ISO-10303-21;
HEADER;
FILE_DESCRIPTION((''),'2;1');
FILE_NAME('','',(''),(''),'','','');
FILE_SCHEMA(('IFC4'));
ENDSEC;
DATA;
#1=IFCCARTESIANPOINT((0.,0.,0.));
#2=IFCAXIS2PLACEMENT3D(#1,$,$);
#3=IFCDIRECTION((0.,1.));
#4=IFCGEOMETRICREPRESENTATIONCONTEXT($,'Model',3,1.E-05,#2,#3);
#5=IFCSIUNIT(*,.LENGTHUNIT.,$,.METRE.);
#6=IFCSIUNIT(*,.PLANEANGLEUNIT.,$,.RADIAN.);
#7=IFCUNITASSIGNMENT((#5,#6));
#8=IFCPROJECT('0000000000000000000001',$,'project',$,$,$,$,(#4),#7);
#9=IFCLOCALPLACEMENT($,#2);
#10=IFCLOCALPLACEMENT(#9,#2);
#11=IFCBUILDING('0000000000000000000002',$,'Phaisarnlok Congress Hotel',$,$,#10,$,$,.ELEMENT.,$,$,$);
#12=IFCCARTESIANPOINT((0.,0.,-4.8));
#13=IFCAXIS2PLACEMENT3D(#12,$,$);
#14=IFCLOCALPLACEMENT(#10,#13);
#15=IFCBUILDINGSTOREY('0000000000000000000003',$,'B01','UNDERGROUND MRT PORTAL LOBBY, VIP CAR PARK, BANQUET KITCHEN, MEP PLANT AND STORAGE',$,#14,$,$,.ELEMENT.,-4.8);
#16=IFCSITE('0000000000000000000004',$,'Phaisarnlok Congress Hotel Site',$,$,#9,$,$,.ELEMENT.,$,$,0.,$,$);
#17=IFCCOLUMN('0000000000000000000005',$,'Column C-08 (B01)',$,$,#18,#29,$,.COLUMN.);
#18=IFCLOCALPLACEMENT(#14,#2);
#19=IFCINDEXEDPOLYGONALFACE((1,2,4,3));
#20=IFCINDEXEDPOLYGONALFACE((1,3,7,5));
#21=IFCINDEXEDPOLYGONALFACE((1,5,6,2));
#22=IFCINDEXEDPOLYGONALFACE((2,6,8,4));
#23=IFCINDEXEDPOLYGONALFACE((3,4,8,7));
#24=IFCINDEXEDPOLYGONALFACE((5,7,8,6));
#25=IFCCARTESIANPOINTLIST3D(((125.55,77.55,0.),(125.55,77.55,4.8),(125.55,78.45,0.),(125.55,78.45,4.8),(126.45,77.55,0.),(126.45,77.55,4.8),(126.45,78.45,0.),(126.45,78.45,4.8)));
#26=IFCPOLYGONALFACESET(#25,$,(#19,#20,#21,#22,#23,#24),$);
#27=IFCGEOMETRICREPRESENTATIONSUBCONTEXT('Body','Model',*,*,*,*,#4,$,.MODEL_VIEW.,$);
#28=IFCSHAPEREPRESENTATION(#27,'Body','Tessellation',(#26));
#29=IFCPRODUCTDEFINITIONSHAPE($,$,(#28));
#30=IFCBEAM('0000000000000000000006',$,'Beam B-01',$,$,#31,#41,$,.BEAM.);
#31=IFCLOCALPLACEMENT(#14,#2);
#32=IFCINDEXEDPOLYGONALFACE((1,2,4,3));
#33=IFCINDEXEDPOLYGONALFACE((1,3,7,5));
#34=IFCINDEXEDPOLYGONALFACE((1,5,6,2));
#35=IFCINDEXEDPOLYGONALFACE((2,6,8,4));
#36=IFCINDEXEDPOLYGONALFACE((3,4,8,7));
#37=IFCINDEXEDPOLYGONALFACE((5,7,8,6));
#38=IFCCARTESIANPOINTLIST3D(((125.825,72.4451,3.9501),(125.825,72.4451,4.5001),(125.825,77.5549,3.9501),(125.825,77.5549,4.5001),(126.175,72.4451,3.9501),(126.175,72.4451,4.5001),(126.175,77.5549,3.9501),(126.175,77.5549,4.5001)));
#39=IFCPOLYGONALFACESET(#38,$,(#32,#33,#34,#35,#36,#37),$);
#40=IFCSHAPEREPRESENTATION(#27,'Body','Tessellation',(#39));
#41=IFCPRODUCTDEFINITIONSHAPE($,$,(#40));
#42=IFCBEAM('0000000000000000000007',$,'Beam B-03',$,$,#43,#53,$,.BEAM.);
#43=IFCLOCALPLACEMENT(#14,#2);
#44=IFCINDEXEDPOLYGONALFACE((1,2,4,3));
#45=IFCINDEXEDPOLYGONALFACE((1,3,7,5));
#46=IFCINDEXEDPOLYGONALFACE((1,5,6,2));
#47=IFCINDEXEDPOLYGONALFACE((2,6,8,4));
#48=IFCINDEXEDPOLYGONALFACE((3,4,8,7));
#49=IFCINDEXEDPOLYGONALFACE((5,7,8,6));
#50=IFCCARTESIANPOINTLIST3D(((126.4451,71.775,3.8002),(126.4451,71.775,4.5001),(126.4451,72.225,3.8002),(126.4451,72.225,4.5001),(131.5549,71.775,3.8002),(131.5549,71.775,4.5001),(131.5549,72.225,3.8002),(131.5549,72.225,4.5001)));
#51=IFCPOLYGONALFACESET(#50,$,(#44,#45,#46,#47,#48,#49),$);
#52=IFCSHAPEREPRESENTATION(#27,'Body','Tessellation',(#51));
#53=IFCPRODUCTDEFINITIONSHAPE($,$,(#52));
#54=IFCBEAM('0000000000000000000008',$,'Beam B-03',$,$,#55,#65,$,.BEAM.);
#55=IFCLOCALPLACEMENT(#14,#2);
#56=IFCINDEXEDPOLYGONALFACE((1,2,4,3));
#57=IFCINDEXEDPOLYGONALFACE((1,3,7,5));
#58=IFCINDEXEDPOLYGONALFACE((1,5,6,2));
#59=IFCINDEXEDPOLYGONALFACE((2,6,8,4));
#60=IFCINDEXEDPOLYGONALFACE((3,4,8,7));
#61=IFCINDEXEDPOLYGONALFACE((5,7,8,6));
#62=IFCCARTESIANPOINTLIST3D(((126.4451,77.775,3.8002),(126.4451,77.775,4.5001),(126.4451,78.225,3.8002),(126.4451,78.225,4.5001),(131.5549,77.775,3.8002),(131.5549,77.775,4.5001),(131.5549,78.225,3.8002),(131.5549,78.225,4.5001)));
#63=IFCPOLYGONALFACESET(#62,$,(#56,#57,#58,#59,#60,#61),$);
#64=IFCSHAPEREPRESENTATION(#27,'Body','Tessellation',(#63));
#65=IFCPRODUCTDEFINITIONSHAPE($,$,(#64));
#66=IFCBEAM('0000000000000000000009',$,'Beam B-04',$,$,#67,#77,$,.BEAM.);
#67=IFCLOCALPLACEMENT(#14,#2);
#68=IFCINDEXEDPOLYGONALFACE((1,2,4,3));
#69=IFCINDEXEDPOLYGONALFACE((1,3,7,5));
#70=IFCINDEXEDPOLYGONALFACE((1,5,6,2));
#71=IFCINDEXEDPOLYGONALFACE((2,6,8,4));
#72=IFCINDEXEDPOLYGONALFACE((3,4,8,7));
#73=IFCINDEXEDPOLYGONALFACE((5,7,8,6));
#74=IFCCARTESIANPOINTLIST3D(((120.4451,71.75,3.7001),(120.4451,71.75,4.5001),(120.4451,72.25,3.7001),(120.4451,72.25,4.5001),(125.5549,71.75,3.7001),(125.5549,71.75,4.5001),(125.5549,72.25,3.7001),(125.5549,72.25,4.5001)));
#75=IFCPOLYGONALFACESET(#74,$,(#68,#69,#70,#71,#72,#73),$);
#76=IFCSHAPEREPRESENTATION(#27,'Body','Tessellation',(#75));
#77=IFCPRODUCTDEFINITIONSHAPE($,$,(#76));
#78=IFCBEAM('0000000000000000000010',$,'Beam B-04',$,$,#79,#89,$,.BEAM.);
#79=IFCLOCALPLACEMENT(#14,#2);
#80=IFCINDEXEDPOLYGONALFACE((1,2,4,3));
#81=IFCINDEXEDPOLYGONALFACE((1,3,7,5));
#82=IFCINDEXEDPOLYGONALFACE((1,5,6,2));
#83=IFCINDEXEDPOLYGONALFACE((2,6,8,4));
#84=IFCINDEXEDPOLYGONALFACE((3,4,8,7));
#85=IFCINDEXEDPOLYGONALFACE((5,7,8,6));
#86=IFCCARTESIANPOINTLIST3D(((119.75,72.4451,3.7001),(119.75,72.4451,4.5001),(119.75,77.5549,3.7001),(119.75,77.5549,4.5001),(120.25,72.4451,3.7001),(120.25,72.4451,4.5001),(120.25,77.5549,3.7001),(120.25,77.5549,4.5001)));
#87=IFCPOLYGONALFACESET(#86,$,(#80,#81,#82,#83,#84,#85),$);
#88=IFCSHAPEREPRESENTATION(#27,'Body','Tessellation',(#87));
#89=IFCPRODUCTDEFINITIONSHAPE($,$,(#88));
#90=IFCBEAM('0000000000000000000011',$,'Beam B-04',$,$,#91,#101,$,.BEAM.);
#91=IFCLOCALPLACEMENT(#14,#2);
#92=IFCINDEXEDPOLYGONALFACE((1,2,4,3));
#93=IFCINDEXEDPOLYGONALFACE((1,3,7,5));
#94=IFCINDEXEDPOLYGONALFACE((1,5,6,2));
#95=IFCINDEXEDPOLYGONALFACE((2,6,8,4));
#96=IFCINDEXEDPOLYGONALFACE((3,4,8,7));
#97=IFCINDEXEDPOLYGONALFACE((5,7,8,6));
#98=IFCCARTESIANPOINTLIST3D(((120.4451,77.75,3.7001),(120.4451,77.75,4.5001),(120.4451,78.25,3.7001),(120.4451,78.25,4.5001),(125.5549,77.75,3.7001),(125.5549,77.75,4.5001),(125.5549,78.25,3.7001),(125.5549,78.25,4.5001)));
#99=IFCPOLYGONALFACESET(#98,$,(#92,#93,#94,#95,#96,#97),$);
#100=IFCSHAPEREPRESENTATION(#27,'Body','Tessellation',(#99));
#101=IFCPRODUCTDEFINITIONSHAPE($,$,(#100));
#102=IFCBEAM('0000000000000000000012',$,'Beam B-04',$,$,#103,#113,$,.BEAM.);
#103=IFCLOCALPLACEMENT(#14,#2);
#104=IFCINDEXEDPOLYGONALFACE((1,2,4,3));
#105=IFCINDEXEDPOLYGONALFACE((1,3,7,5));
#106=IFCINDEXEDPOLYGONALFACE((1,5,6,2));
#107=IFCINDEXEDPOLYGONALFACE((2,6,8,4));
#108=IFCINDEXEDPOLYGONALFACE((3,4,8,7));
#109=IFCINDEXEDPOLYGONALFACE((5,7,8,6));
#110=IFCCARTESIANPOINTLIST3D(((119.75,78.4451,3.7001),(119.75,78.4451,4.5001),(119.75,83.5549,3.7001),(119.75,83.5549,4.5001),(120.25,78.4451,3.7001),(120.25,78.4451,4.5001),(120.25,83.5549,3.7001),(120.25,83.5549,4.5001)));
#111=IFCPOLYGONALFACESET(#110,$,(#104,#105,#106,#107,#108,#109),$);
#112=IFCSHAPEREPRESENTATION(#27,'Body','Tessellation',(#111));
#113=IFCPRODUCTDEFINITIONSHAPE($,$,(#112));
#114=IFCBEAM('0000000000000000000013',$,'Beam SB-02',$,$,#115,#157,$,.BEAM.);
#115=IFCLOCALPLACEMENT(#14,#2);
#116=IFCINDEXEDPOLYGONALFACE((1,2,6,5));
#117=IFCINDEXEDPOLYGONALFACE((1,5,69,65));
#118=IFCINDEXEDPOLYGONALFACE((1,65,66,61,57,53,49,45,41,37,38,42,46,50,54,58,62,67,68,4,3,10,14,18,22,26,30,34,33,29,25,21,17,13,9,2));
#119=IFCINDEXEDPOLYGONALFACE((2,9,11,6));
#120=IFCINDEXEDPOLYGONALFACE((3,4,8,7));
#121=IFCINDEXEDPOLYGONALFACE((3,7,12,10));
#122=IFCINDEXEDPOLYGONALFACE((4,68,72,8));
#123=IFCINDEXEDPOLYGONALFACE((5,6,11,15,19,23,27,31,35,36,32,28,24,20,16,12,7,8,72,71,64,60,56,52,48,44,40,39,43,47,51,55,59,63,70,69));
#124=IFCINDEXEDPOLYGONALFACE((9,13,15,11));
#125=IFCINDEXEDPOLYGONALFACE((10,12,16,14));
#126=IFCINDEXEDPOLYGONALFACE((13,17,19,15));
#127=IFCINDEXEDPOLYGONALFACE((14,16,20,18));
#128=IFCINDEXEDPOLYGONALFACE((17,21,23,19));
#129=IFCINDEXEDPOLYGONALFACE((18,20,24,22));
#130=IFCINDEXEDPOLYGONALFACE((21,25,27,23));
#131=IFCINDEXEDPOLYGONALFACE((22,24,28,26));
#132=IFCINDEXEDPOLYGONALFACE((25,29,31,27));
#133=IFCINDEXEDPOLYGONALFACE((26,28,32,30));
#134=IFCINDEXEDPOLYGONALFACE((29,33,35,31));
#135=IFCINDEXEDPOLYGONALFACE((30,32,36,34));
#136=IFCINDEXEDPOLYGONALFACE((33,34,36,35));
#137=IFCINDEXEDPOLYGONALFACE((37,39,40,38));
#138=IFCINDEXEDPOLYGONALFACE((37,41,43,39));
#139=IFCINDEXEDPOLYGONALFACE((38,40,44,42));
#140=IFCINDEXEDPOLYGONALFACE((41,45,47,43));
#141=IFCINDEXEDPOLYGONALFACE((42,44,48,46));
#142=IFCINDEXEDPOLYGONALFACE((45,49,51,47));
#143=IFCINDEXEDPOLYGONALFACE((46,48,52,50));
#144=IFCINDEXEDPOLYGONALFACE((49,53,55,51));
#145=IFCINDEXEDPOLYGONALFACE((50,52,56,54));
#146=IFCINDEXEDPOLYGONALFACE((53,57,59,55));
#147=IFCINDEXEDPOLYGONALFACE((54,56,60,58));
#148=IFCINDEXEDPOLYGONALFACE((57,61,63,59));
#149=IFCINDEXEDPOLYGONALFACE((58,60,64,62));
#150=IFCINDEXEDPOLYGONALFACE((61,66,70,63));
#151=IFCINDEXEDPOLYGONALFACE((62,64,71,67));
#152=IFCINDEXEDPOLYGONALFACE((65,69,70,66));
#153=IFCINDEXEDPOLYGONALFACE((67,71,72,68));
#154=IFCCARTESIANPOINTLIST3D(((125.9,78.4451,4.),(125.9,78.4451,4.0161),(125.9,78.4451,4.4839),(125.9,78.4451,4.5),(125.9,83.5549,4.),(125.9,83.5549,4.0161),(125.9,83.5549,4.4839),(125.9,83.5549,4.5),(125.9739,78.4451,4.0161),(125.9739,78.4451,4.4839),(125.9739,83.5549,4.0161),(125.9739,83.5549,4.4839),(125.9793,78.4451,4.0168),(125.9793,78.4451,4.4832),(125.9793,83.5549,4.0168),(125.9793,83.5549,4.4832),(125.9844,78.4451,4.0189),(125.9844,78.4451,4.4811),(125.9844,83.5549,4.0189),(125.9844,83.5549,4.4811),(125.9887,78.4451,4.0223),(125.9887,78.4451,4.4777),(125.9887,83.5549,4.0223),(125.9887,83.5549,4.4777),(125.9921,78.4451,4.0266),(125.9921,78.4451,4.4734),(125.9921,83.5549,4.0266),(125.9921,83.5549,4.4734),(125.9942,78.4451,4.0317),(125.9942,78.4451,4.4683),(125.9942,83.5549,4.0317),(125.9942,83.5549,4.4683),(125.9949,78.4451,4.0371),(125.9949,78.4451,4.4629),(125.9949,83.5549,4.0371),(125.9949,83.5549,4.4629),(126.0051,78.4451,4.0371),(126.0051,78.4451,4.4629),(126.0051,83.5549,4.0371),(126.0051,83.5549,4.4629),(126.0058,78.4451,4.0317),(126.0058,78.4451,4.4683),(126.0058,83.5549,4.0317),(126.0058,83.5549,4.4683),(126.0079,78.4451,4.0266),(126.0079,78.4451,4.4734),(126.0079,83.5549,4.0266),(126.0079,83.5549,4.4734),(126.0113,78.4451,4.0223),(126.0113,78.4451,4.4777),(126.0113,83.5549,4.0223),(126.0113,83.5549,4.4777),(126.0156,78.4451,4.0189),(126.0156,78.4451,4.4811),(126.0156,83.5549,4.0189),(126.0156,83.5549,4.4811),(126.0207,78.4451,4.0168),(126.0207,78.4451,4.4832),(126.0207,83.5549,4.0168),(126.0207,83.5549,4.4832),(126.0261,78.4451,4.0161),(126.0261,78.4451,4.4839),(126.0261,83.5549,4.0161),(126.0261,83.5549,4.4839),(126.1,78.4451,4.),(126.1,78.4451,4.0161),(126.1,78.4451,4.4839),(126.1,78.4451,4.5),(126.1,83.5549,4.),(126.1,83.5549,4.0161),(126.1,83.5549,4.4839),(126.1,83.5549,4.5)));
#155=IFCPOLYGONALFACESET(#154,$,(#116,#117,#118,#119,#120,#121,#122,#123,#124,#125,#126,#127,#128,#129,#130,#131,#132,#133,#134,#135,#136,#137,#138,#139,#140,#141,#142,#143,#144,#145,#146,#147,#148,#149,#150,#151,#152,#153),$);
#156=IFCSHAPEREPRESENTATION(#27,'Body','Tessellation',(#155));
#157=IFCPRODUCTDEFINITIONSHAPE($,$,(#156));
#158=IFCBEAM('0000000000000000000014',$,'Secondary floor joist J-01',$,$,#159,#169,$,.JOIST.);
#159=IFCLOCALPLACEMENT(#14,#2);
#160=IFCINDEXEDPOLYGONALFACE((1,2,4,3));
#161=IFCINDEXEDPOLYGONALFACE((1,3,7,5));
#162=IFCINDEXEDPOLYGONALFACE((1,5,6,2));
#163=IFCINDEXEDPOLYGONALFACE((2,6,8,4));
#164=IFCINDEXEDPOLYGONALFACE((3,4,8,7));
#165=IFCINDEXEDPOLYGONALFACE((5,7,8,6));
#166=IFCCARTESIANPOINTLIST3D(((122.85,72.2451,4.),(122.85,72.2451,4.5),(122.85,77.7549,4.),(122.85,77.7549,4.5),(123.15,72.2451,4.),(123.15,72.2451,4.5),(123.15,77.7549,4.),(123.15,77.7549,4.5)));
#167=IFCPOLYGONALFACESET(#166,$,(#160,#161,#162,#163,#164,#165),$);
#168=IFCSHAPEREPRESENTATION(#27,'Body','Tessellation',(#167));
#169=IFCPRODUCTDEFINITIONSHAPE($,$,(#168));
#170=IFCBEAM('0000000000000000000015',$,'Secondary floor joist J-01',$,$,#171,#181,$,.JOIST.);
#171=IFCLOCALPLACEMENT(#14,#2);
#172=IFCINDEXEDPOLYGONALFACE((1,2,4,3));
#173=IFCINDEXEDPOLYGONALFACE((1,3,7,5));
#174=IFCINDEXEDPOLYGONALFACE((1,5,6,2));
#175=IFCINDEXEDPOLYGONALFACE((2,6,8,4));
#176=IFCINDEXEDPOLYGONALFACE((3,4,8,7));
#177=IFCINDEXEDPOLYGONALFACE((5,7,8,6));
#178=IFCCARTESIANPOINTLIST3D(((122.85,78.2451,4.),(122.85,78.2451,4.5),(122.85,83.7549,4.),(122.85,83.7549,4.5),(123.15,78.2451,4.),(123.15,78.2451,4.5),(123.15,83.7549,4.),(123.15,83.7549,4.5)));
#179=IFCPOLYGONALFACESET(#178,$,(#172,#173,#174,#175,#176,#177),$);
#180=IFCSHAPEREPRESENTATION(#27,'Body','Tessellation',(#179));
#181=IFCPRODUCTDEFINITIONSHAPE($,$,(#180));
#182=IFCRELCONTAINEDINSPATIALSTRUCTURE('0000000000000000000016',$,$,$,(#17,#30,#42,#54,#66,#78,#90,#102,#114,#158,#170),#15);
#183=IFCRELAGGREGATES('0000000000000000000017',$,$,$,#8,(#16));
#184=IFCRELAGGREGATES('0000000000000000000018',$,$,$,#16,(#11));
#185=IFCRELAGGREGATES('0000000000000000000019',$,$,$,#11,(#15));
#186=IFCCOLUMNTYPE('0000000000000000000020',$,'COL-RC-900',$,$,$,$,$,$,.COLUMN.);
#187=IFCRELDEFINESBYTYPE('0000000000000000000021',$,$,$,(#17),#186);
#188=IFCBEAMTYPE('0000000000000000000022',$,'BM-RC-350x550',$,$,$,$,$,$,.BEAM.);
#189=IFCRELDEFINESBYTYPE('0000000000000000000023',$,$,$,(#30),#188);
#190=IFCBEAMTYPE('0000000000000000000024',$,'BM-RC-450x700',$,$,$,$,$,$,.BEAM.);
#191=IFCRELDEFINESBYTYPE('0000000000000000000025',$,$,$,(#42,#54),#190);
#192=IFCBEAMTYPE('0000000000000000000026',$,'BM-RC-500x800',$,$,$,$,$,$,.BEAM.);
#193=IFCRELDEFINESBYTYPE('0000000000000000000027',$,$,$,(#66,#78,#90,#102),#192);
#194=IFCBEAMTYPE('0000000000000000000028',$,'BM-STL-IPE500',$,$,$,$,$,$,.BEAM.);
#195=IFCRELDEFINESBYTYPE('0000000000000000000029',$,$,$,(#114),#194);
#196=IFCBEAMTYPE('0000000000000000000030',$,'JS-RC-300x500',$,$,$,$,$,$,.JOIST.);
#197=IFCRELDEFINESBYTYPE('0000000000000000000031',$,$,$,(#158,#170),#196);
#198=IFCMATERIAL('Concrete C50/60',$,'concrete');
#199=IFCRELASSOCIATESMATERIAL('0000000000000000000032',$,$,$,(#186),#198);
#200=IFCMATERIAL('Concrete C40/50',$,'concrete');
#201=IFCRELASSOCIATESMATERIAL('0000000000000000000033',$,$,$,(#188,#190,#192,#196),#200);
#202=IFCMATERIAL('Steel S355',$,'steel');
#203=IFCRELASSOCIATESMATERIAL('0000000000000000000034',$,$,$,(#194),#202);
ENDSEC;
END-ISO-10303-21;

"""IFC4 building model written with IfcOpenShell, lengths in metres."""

from ifc_helpers import new_model, si_unit, direction, frame, origin, origin_2d, place, context, subcontext, project, spatial, rectangle, i_section, extrude, material, material_profile, profile_set, type_object, element, save


model = new_model("IFC4")

# Units and contexts
model_context = context("Model", 3, precision=1e-05, world=origin(), true_north=direction((0.0, 1.0)))
body_context = subcontext(model_context, "Body", "Model", "MODEL_VIEW")
ifc_project = project(units=[si_unit("LENGTHUNIT", "METRE"), si_unit("PLANEANGLEUNIT", "RADIAN")], contexts=[model_context])

# Site, building, storey
site_placement = place(None, origin())
site = spatial("IfcSite", under=ifc_project, at=site_placement, Name="Phaisarnlok Congress Hotel Site", CompositionType="ELEMENT", RefElevation=0.0)
building_placement = place(site_placement, origin())
building = spatial("IfcBuilding", under=site, at=building_placement, Name="Phaisarnlok Congress Hotel", CompositionType="ELEMENT")
storey_placement = place(building_placement, frame((0.0, 0.0, -4.8)))
storey = spatial("IfcBuildingStorey", under=building, at=storey_placement, Name="B01", Description="UNDERGROUND MRT PORTAL LOBBY, VIP CAR PARK, BANQUET KITCHEN, MEP PLANT AND STORAGE", CompositionType="ELEMENT", Elevation=-4.8)

# Shared definitions
ifc_material_1 = material(Name="Concrete C40/50", Category="concrete")

# Column
ifc_material_2 = material(Name="Concrete C50/60", Category="concrete")
ifc_material_profile_1 = material_profile(ifc_material_2, rectangle(XDim=0.8999, YDim=0.8999, at=origin_2d()), Name="RC 900x900")
ifc_profile_set_1 = profile_set([ifc_material_profile_1], Name="Concrete C50/60")
column_type = type_object("IfcColumnType", Name="COL-RC-900", PredefinedType="COLUMN", material=ifc_profile_set_1)
for number, where, z_axis, x_axis, name in (
    (1, (126.0, 78.0, 0.0), (0.0, 0.0, 1.0), (1.0, 0.0, 0.0), "Column C-08 (B01)"),
):
    element("IfcColumn", number, at=place(storey_placement, frame(where, z_axis=z_axis, x_axis=x_axis)), inside=storey, type_object=column_type, Name=name, PredefinedType="COLUMN", context=body_context, shape_type="SweptSolid", body=[
        extrude(rectangle(XDim=0.8999, YDim=0.8999, at=origin_2d()), origin(), (0.0, 0.0, 1.0), 4.8),
    ])

# Beams
ifc_material_profile_2 = material_profile(ifc_material_1, rectangle(XDim=0.3501, YDim=0.55, at=origin_2d()), Name="RC 350x550")
ifc_profile_set_2 = profile_set([ifc_material_profile_2], Name="Concrete C40/50")
beam_type_1 = type_object("IfcBeamType", Name="BM-RC-350x550", PredefinedType="BEAM", material=ifc_profile_set_2)
beam_1_placement = place(storey_placement, frame((126.0, 72.4451, 4.2251), z_axis=(0.0, 1.0, 0.0), x_axis=(-1.0, 0.0, 0.0)))
element("IfcBeam", 2, at=beam_1_placement, inside=storey, type_object=beam_type_1, Name="Beam B-01", PredefinedType="BEAM", context=body_context, shape_type="SweptSolid", body=[
    extrude(rectangle(XDim=0.3501, YDim=0.55, at=origin_2d()), origin(), (0.0, 0.0, 1.0), 5.1099),
])
ifc_material_profile_3 = material_profile(ifc_material_1, rectangle(XDim=0.45, YDim=0.7, at=origin_2d()), Name="RC 450x700")
ifc_profile_set_3 = profile_set([ifc_material_profile_3], Name="Concrete C40/50")
beam_type_2 = type_object("IfcBeamType", Name="BM-RC-450x700", PredefinedType="BEAM", material=ifc_profile_set_3)
for number, where, z_axis, x_axis, name in (
    (3, (126.4451, 72.0, 4.1501), (1.0, 0.0, 0.0), (0.0, 1.0, 0.0), "Beam B-03"),
    (4, (126.4451, 78.0, 4.1501), (1.0, 0.0, 0.0), (0.0, 1.0, 0.0), "Beam B-03"),
):
    element("IfcBeam", number, at=place(storey_placement, frame(where, z_axis=z_axis, x_axis=x_axis)), inside=storey, type_object=beam_type_2, Name=name, PredefinedType="BEAM", context=body_context, shape_type="SweptSolid", body=[
        extrude(rectangle(XDim=0.45, YDim=0.7, at=origin_2d()), origin(), (0.0, 0.0, 1.0), 5.1099),
    ])
ifc_material_profile_4 = material_profile(ifc_material_1, rectangle(XDim=0.5, YDim=0.8, at=origin_2d()), Name="RC 500x800")
ifc_profile_set_4 = profile_set([ifc_material_profile_4], Name="Concrete C40/50")
beam_type_3 = type_object("IfcBeamType", Name="BM-RC-500x800", PredefinedType="BEAM", material=ifc_profile_set_4)
for number, where, z_axis, x_axis, name in (
    (5, (120.4451, 72.0, 4.1001), (1.0, 0.0, 0.0), (0.0, 1.0, 0.0), "Beam B-04"),
    (6, (120.0, 72.4451, 4.1001), (0.0, 1.0, 0.0), (-1.0, 0.0, 0.0), "Beam B-04"),
    (7, (120.4451, 78.0, 4.1001), (1.0, 0.0, 0.0), (0.0, 1.0, 0.0), "Beam B-04"),
    (8, (120.0, 78.4451, 4.1001), (0.0, 1.0, 0.0), (-1.0, 0.0, 0.0), "Beam B-04"),
):
    element("IfcBeam", number, at=place(storey_placement, frame(where, z_axis=z_axis, x_axis=x_axis)), inside=storey, type_object=beam_type_3, Name=name, PredefinedType="BEAM", context=body_context, shape_type="SweptSolid", body=[
        extrude(rectangle(XDim=0.5, YDim=0.8, at=origin_2d()), origin(), (0.0, 0.0, 1.0), 5.1099),
    ])
ifc_material_3 = material(Name="Steel S355", Category="steel")
ifc_material_profile_5 = material_profile(ifc_material_3, i_section(OverallWidth=0.2, OverallDepth=0.5, WebThickness=0.0103, FlangeThickness=0.0161, FilletRadius=0.021, at=origin_2d()), Name="IPE 500")
ifc_profile_set_5 = profile_set([ifc_material_profile_5], Name="Steel S355")
beam_type_4 = type_object("IfcBeamType", Name="BM-STL-IPE500", PredefinedType="BEAM", material=ifc_profile_set_5)
beam_2_placement = place(storey_placement, frame((126.0, 78.4451, 4.25), z_axis=(0.0, 1.0, 0.0), x_axis=(-1.0, 0.0, 0.0)))
element("IfcBeam", 9, at=beam_2_placement, inside=storey, type_object=beam_type_4, Name="Beam SB-02", PredefinedType="BEAM", context=body_context, shape_type="SweptSolid", body=[
    extrude(i_section(OverallWidth=0.2, OverallDepth=0.5, WebThickness=0.0103, FlangeThickness=0.0161, FilletRadius=0.021, at=origin_2d()), origin(), (0.0, 0.0, 1.0), 5.1099),
])
ifc_material_profile_6 = material_profile(ifc_material_1, rectangle(XDim=0.3, YDim=0.5, at=origin_2d()), Name="RC 300x500")
ifc_profile_set_6 = profile_set([ifc_material_profile_6], Name="Concrete C40/50")
beam_type_5 = type_object("IfcBeamType", Name="JS-RC-300x500", PredefinedType="JOIST", material=ifc_profile_set_6)
for number, where, z_axis, x_axis, name in (
    (10, (123.0, 72.2451, 4.25), (0.0, 1.0, 0.0), (-1.0, 0.0, 0.0), "Secondary floor joist J-01"),
    (11, (123.0, 78.2451, 4.25), (0.0, 1.0, 0.0), (-1.0, 0.0, 0.0), "Secondary floor joist J-01"),
):
    element("IfcBeam", number, at=place(storey_placement, frame(where, z_axis=z_axis, x_axis=x_axis)), inside=storey, type_object=beam_type_5, Name=name, PredefinedType="JOIST", context=body_context, shape_type="SweptSolid", body=[
        extrude(rectangle(XDim=0.3, YDim=0.5, at=origin_2d()), origin(), (0.0, 0.0, 1.0), 5.5098),
    ])

save(model, "model.ifc")
